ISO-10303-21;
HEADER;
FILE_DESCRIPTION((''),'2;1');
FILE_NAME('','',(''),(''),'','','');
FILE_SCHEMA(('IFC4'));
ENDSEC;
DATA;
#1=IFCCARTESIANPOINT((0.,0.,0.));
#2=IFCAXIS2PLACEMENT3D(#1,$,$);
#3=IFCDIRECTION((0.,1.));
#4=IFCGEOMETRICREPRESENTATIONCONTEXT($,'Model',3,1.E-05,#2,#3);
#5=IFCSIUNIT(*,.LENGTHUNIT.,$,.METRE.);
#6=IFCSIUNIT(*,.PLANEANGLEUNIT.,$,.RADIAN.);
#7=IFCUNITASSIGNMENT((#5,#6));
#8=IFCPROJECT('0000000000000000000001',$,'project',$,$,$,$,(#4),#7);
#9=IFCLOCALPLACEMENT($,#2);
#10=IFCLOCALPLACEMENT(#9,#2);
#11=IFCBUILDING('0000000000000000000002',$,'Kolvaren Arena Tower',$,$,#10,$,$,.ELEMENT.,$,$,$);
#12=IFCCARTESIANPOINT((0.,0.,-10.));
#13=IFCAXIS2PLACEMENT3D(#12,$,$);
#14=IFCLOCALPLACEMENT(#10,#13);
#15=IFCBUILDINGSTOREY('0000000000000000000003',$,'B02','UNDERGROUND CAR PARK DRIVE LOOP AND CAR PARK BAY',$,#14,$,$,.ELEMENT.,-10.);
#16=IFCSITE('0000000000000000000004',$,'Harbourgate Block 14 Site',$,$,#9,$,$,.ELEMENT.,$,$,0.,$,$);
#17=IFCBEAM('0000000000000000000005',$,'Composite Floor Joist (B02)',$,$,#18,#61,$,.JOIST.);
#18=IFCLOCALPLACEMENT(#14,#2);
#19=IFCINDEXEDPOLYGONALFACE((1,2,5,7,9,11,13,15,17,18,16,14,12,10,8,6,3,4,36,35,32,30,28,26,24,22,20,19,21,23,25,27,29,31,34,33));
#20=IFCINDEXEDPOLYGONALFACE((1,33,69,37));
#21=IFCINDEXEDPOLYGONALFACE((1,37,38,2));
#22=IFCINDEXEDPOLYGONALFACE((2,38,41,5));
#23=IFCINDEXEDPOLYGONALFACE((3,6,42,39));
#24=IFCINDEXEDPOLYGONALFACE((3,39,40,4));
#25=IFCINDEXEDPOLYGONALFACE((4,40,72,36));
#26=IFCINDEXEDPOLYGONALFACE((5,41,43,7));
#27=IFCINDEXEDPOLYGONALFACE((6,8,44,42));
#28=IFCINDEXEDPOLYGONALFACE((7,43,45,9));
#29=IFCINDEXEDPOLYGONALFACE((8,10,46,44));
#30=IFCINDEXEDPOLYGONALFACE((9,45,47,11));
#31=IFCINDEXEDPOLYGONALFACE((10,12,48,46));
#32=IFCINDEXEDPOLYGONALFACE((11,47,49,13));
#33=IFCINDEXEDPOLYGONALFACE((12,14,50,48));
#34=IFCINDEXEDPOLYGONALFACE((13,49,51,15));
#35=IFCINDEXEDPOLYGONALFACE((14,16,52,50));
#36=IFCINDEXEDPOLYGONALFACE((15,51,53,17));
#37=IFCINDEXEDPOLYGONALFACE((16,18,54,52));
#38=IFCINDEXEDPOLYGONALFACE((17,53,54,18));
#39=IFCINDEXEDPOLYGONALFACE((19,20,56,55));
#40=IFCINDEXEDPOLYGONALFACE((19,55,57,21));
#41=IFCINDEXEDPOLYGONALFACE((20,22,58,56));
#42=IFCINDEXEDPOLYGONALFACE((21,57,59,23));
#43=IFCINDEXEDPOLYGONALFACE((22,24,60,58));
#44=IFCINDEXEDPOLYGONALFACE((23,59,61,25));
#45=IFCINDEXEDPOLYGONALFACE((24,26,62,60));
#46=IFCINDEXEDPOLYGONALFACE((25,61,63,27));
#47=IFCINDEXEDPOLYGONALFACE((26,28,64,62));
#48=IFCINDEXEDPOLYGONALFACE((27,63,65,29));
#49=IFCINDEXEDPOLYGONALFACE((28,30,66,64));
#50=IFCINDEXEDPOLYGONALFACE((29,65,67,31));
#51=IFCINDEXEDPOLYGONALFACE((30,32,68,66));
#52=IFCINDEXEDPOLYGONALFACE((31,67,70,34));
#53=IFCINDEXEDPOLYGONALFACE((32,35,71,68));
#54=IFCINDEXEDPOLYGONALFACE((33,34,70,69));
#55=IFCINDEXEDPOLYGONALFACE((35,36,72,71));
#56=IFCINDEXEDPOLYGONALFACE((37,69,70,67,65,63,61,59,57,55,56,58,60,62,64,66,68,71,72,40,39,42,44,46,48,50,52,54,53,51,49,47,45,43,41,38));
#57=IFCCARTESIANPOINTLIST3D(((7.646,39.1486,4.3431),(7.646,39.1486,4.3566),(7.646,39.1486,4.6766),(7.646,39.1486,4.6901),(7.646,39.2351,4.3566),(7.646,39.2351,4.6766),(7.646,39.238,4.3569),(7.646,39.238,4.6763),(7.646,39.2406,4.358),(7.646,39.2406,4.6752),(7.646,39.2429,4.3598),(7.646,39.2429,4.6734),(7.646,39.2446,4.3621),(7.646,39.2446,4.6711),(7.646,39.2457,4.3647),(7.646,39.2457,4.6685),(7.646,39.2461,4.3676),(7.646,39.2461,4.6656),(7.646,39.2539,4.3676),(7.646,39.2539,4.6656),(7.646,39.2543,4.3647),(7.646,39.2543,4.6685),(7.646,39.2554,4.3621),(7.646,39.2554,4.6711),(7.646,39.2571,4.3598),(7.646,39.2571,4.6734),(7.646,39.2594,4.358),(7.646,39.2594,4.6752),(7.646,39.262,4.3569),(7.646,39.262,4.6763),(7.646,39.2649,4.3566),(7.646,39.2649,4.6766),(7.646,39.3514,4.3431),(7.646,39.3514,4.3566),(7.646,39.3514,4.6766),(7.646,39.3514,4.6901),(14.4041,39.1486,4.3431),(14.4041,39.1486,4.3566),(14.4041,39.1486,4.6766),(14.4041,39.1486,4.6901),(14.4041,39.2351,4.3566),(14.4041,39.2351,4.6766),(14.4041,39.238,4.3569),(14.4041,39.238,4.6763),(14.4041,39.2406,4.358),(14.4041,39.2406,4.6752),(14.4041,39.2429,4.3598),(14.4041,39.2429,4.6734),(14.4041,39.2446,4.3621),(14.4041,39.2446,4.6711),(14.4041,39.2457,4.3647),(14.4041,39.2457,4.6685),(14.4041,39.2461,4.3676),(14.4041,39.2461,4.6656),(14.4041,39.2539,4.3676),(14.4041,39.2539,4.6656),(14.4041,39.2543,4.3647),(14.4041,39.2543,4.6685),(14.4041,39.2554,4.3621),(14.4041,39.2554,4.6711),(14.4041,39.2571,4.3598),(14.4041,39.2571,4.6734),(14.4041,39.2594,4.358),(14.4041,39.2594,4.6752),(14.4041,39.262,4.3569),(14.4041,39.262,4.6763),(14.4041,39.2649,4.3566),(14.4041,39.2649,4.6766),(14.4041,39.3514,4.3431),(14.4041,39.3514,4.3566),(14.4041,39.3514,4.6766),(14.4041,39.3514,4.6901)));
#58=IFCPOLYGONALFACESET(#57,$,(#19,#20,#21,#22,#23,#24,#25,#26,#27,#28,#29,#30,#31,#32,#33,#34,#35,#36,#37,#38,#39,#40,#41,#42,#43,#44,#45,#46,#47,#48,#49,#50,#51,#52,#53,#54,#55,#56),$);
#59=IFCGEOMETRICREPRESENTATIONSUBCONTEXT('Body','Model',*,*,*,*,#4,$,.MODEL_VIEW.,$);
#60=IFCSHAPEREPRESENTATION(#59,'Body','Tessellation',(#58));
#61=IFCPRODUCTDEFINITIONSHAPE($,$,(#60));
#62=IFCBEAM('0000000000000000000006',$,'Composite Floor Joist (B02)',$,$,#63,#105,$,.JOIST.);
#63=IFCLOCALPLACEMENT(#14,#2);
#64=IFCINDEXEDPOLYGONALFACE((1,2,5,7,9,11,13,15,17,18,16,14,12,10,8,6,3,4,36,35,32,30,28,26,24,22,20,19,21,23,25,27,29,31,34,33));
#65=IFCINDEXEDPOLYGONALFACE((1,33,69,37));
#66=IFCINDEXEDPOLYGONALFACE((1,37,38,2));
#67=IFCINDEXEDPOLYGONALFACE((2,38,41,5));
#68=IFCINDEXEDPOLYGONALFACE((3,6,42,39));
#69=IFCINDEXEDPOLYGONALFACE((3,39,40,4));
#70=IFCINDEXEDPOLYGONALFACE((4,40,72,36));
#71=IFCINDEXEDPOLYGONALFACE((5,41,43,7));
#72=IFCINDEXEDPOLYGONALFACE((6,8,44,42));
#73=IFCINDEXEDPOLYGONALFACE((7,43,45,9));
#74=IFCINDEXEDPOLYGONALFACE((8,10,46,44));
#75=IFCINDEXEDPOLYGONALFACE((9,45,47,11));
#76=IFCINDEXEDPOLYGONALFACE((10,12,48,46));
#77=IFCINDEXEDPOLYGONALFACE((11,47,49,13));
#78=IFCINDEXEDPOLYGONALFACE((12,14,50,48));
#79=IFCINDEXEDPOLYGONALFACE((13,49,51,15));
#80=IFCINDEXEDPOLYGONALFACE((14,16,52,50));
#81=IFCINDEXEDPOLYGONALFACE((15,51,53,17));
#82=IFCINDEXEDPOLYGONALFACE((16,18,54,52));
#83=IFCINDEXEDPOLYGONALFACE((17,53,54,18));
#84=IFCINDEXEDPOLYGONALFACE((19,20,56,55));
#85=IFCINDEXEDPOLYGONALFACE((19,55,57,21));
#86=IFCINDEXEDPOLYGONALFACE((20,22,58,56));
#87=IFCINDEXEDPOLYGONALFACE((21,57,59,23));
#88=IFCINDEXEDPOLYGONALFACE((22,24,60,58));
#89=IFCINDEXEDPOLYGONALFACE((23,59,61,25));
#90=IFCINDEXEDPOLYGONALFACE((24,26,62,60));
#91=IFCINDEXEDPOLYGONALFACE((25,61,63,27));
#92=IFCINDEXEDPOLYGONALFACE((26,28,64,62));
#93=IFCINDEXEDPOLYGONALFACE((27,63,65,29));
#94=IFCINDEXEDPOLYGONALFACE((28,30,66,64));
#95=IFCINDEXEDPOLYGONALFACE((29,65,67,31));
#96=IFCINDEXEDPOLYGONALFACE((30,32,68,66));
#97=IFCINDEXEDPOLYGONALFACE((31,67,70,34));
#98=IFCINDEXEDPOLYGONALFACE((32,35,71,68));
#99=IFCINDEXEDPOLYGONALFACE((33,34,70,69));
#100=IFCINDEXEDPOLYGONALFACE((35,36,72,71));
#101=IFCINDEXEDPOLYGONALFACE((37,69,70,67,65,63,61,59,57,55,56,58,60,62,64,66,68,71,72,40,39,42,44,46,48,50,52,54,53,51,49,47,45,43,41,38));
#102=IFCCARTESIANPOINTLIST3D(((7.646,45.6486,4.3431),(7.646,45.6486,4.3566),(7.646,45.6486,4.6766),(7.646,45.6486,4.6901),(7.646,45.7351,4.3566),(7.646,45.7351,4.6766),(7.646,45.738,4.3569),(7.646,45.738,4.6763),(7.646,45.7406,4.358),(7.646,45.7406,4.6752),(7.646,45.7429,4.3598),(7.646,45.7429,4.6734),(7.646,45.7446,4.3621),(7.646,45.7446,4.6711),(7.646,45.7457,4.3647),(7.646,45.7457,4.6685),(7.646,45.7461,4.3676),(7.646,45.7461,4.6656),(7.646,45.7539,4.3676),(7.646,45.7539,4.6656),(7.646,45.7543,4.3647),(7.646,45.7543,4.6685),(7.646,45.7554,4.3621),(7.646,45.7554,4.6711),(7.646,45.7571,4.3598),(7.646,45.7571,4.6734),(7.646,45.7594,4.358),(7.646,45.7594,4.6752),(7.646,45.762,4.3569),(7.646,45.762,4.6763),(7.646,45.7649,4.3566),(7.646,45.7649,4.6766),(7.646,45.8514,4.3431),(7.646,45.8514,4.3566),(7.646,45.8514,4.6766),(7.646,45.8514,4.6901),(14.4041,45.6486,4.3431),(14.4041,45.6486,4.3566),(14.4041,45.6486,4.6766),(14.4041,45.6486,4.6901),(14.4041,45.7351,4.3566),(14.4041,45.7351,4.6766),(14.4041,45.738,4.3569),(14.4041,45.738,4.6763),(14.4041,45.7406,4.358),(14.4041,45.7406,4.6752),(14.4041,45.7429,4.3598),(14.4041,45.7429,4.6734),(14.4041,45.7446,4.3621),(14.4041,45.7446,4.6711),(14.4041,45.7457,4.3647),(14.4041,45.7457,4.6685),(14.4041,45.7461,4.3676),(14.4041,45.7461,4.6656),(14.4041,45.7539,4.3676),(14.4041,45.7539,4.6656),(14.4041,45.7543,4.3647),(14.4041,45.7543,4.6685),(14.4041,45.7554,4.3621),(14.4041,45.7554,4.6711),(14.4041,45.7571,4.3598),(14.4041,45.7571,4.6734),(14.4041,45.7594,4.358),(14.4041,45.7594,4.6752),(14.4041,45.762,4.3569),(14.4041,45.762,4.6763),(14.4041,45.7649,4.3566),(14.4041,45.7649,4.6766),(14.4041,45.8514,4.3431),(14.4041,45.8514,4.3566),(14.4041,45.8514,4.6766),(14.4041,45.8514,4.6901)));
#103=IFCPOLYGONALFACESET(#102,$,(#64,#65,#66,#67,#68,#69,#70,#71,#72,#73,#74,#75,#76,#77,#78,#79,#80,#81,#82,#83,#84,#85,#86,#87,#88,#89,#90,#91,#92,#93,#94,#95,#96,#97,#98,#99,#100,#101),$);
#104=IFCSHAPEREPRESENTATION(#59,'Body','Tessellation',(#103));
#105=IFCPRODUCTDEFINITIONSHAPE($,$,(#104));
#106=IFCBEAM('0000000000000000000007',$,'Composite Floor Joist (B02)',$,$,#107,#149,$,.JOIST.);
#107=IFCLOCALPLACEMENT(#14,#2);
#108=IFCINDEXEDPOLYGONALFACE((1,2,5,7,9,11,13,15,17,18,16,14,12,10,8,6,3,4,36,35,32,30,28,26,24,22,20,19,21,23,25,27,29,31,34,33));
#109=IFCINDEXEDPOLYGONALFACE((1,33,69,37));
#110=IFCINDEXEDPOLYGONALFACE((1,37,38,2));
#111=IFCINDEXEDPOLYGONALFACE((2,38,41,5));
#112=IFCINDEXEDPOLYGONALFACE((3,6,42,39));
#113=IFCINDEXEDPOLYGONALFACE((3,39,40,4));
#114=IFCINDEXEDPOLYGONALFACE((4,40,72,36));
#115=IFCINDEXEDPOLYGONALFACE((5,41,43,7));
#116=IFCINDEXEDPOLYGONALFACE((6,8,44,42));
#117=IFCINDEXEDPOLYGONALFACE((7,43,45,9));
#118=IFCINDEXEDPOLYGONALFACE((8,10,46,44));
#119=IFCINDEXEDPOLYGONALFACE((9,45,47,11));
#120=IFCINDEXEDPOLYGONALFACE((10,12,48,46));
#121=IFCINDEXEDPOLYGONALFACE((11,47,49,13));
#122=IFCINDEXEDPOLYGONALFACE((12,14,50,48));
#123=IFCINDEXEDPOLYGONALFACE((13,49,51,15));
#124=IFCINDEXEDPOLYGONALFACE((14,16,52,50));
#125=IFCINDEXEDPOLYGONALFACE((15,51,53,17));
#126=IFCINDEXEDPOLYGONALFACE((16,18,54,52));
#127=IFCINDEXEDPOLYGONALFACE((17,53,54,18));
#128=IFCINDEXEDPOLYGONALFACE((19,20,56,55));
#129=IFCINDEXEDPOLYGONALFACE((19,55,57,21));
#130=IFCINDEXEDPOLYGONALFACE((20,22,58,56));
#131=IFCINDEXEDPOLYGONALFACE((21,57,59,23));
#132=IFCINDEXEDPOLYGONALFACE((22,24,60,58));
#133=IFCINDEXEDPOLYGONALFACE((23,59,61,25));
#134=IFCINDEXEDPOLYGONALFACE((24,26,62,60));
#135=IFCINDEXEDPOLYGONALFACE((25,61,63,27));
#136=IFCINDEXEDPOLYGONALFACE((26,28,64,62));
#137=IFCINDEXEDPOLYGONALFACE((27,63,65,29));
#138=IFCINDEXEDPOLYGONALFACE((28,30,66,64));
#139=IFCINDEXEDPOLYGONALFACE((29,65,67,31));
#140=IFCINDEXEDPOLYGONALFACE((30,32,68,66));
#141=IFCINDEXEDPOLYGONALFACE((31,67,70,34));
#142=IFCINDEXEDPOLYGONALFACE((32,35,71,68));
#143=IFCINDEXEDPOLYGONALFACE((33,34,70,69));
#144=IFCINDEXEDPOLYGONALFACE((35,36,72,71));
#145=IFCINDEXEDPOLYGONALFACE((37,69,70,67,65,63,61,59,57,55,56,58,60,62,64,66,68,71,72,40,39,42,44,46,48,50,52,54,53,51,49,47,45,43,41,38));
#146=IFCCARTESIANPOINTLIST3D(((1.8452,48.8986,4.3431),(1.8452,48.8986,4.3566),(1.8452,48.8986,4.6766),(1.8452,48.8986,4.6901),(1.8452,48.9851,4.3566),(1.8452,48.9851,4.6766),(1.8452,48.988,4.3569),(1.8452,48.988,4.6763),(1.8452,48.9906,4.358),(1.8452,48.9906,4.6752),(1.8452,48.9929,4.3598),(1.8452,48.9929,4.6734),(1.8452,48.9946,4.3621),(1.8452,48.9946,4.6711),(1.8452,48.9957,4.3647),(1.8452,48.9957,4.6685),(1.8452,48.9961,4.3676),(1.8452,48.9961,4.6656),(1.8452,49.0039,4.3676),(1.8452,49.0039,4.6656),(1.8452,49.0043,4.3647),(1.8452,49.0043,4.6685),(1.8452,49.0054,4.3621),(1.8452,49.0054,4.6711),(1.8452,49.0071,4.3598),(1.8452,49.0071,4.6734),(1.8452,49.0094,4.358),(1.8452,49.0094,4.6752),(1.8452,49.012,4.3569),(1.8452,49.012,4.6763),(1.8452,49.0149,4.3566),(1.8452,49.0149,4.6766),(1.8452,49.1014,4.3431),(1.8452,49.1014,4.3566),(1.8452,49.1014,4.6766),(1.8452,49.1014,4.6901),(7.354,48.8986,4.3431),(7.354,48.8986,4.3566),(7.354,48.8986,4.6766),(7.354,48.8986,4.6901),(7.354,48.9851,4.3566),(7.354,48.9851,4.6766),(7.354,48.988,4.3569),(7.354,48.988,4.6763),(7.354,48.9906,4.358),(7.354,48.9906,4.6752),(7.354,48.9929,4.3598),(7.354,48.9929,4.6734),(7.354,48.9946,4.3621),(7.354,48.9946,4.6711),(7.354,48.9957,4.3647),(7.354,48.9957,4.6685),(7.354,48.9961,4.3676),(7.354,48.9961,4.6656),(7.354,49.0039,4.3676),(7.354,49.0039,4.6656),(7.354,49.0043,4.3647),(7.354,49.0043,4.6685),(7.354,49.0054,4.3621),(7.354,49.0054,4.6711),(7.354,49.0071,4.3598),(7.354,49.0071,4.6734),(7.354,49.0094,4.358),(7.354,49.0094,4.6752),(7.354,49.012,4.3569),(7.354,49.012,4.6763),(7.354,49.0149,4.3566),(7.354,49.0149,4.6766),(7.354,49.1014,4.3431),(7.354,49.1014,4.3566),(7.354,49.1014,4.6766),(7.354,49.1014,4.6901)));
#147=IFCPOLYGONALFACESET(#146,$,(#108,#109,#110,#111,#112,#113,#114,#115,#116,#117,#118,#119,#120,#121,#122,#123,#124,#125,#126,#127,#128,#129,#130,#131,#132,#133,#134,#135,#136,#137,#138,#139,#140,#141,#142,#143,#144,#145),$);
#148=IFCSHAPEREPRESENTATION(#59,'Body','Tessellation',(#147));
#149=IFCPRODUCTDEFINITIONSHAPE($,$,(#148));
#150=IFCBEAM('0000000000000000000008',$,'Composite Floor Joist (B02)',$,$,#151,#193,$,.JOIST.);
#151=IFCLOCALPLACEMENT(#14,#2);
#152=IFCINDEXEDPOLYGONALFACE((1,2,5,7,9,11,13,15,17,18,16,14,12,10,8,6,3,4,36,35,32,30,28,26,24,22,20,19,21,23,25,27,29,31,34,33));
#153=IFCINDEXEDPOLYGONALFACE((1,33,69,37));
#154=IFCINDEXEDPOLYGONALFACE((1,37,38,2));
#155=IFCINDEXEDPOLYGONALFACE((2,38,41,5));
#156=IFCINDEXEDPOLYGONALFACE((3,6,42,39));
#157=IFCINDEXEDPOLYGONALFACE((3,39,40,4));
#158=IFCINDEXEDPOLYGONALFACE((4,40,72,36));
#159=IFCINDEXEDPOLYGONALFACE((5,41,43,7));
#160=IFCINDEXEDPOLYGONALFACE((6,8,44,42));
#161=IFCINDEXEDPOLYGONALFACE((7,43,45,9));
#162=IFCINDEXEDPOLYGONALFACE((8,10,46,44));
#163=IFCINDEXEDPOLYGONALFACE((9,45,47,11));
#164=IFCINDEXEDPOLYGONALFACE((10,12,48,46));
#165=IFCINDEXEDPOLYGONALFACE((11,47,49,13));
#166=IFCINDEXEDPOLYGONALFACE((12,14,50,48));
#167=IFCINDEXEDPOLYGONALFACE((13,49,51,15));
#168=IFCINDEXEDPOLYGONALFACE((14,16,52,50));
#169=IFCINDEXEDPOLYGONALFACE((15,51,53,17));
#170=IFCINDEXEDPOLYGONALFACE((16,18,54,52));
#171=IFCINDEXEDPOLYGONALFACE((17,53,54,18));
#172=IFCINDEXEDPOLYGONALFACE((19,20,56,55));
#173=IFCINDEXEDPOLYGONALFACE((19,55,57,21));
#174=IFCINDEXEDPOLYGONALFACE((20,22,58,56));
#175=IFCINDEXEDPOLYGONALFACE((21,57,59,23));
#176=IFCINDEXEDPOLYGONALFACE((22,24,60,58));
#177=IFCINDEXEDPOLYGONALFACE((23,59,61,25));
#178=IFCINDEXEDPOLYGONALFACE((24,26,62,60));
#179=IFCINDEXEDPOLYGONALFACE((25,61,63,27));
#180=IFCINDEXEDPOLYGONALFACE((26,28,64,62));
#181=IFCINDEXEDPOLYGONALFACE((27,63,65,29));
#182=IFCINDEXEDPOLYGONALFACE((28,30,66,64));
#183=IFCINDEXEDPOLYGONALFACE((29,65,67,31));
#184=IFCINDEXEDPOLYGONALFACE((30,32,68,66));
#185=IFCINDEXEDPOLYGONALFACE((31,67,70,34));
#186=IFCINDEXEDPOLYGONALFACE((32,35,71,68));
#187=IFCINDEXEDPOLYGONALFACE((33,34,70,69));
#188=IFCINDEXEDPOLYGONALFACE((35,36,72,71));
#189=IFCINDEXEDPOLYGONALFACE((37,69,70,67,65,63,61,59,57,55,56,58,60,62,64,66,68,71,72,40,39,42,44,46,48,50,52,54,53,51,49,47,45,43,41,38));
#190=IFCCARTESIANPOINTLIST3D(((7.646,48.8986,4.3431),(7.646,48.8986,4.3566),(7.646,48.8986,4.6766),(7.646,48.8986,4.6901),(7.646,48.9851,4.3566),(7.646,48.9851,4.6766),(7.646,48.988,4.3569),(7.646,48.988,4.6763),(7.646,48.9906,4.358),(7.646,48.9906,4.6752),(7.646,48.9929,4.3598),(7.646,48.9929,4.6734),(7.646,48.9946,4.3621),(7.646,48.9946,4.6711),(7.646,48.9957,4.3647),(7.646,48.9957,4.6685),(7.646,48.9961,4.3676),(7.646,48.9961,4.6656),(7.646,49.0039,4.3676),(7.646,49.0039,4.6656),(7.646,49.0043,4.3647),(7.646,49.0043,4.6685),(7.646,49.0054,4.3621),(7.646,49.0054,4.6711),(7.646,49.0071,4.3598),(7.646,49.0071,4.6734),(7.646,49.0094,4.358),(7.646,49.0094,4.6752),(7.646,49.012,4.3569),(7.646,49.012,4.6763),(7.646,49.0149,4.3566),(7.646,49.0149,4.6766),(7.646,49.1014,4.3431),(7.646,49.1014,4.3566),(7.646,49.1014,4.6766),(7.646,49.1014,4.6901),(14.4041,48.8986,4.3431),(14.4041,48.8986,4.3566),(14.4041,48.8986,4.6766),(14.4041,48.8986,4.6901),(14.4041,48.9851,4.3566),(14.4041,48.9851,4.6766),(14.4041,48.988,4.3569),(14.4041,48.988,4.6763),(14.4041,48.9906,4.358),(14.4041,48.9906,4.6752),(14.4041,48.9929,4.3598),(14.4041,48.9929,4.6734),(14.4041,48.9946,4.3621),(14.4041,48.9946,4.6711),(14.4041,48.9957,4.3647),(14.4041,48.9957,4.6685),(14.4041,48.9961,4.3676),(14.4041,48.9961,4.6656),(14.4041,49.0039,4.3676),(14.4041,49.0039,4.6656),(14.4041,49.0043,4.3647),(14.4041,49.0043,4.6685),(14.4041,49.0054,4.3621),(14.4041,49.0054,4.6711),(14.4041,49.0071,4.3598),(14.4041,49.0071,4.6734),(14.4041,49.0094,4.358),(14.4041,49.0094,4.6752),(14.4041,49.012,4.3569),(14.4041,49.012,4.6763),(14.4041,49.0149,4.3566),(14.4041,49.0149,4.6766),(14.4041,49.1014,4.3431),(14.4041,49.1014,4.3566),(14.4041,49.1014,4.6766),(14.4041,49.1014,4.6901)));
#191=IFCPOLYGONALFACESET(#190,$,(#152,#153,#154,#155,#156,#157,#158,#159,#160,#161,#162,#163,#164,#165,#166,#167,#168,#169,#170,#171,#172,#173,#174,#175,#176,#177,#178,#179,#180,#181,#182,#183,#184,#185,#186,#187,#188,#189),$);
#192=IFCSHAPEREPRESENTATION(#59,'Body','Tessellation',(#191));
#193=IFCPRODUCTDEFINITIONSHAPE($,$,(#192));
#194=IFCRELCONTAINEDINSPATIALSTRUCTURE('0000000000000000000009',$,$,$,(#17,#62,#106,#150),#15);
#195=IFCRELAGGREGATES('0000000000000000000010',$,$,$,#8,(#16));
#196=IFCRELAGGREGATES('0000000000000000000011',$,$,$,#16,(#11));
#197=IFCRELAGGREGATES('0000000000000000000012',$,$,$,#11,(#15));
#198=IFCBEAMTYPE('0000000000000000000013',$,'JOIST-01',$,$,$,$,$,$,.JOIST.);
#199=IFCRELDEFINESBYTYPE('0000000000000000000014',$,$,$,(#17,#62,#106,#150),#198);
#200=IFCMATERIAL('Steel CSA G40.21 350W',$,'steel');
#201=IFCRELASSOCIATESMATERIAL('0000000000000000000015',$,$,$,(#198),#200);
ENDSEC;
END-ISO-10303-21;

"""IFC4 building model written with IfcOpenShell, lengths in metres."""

from ifc_helpers import new_model, si_unit, direction, frame, origin, origin_2d, place, context, subcontext, project, spatial, i_section, extrude, material, material_profile, profile_set, type_object, element, save


model = new_model("IFC4")

# Units and contexts
model_context = context("Model", 3, precision=1e-05, world=origin(), true_north=direction((0.0, 1.0)))
body_context = subcontext(model_context, "Body", "Model", "MODEL_VIEW")
ifc_project = project(units=[si_unit("LENGTHUNIT", "METRE"), si_unit("PLANEANGLEUNIT", "RADIAN")], contexts=[model_context])

# Site, building, storey
site_placement = place(None, origin())
site = spatial("IfcSite", under=ifc_project, at=site_placement, Name="Harbourgate Block 14 Site", CompositionType="ELEMENT", RefElevation=0.0)
building_placement = place(site_placement, origin())
building = spatial("IfcBuilding", under=site, at=building_placement, Name="Kolvaren Arena Tower", CompositionType="ELEMENT")
storey_placement = place(building_placement, frame((0.0, 0.0, -10.0)))
storey = spatial("IfcBuildingStorey", under=building, at=storey_placement, Name="B02", Description="UNDERGROUND CAR PARK DRIVE LOOP AND CAR PARK BAY", CompositionType="ELEMENT", Elevation=-10.0)

# Beams
ifc_material_1 = material(Name="Steel CSA G40.21 350W", Category="steel")
ifc_material_profile_1 = material_profile(ifc_material_1, i_section(OverallWidth=0.2029, OverallDepth=0.3469, WebThickness=0.0078, FlangeThickness=0.0134, FilletRadius=0.011, at=origin_2d()), Name="W360x64")
ifc_profile_set_1 = profile_set([ifc_material_profile_1], Name="Steel CSA G40.21 350W")
beam_type_1 = type_object("IfcBeamType", Name="JOIST-01", PredefinedType="JOIST", material=ifc_profile_set_1)
for number, where, z_axis, x_axis, name in (
    (1, (7.646, 39.25, 4.5166), (1.0, 0.0, 0.0), (0.0, 1.0, 0.0), "Composite Floor Joist (B02)"),
    (2, (7.646, 45.75, 4.5166), (1.0, 0.0, 0.0), (0.0, 1.0, 0.0), "Composite Floor Joist (B02)"),
):
    element("IfcBeam", number, at=place(storey_placement, frame(where, z_axis=z_axis, x_axis=x_axis)), inside=storey, type_object=beam_type_1, Name=name, PredefinedType="JOIST", context=body_context, shape_type="SweptSolid", body=[
        extrude(i_section(OverallWidth=0.2029, OverallDepth=0.3469, WebThickness=0.0078, FlangeThickness=0.0134, FilletRadius=0.011, at=origin_2d()), origin(), (0.0, 0.0, 1.0), 6.7581),
    ])
beam_1_placement = place(storey_placement, frame((1.8452, 49.0, 4.5166), z_axis=(1.0, 0.0, 0.0), x_axis=(0.0, 1.0, 0.0)))
element("IfcBeam", 3, at=beam_1_placement, inside=storey, type_object=beam_type_1, Name="Composite Floor Joist (B02)", PredefinedType="JOIST", context=body_context, shape_type="SweptSolid", body=[
    extrude(i_section(OverallWidth=0.2029, OverallDepth=0.3469, WebThickness=0.0078, FlangeThickness=0.0134, FilletRadius=0.011, at=origin_2d()), origin(), (0.0, 0.0, 1.0), 5.5088),
])
beam_2_placement = place(storey_placement, frame((7.646, 49.0, 4.5166), z_axis=(1.0, 0.0, 0.0), x_axis=(0.0, 1.0, 0.0)))
element("IfcBeam", 4, at=beam_2_placement, inside=storey, type_object=beam_type_1, Name="Composite Floor Joist (B02)", PredefinedType="JOIST", context=body_context, shape_type="SweptSolid", body=[
    extrude(i_section(OverallWidth=0.2029, OverallDepth=0.3469, WebThickness=0.0078, FlangeThickness=0.0134, FilletRadius=0.011, at=origin_2d()), origin(), (0.0, 0.0, 1.0), 6.7581),
])

save(model, "model.ifc")
